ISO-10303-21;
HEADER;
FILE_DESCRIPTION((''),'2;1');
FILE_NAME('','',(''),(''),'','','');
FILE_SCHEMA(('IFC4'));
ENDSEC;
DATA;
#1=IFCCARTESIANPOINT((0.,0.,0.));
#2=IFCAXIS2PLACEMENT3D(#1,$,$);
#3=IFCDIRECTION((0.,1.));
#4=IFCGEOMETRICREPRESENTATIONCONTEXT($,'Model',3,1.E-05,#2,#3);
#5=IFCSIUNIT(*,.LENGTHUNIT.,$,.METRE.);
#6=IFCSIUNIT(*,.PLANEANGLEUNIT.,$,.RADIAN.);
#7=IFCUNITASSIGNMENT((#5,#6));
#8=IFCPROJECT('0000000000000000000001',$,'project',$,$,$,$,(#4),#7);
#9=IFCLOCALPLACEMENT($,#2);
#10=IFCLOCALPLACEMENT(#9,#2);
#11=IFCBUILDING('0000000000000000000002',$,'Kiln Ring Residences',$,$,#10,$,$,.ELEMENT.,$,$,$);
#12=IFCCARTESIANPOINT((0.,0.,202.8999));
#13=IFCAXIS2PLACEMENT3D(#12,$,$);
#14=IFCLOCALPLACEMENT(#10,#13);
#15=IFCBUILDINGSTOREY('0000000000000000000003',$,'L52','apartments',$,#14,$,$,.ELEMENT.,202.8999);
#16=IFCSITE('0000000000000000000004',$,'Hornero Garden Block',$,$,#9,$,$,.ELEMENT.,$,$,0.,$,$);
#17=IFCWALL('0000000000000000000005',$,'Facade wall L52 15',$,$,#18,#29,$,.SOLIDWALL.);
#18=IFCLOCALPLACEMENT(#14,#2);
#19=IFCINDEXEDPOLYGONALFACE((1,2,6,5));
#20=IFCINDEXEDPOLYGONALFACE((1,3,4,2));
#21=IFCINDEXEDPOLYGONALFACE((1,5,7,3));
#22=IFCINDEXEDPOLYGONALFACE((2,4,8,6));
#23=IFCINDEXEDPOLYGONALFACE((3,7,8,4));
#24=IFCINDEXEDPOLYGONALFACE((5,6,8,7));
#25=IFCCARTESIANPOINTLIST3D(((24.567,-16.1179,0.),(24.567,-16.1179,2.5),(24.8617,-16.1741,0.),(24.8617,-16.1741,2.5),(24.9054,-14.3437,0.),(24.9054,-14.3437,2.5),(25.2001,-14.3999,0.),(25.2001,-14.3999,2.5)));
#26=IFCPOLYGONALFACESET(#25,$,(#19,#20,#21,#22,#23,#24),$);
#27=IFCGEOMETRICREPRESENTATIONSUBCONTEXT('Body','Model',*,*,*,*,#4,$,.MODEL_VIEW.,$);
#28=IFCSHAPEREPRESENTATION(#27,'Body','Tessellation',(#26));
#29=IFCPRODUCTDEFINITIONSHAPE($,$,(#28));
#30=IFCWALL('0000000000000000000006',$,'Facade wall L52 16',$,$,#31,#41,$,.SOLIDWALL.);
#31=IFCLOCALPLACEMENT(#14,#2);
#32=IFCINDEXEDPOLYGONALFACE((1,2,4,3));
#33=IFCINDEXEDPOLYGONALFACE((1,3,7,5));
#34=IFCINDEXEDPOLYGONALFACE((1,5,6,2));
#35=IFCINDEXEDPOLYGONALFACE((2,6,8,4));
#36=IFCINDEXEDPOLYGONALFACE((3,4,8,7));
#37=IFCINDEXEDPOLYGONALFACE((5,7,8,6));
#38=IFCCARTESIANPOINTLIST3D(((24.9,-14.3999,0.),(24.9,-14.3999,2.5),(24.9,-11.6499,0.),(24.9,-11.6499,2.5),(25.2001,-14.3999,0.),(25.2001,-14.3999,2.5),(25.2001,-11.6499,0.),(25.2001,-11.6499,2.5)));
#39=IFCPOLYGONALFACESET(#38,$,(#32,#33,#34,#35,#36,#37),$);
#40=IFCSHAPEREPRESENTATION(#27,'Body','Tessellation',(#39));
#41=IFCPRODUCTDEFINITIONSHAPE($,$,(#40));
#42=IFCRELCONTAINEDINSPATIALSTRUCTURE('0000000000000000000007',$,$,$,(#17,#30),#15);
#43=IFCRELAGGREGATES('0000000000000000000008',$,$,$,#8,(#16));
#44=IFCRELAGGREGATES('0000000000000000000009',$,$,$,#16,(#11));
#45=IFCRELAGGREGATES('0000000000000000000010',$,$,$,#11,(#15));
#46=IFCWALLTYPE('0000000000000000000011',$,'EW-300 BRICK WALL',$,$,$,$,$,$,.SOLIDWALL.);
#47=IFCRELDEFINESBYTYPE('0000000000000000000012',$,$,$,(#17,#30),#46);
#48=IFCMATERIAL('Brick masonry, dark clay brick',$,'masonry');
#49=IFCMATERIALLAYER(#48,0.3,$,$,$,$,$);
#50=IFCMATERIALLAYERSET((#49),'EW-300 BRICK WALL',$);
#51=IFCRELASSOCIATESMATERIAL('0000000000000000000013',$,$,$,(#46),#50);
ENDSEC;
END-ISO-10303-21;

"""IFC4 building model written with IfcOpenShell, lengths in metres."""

from ifc_helpers import new_model, si_unit, direction, frame, frame_2d, origin, place, context, subcontext, project, spatial, rectangle, extrude, material, layer, layer_set, type_object, element, save


model = new_model("IFC4")

# Units and contexts
model_context = context("Model", 3, precision=1e-05, world=origin(), true_north=direction((0.0, 1.0)))
body_context = subcontext(model_context, "Body", "Model", "MODEL_VIEW")
ifc_project = project(units=[si_unit("LENGTHUNIT", "METRE"), si_unit("PLANEANGLEUNIT", "RADIAN")], contexts=[model_context])

# Site, building, storey
site_placement = place(None, origin())
site = spatial("IfcSite", under=ifc_project, at=site_placement, Name="Hornero Garden Block", CompositionType="ELEMENT", RefElevation=0.0)
building_placement = place(site_placement, origin())
building = spatial("IfcBuilding", under=site, at=building_placement, Name="Kiln Ring Residences", CompositionType="ELEMENT")
storey_placement = place(building_placement, frame((0.0, 0.0, 202.8999)))
storey = spatial("IfcBuildingStorey", under=building, at=storey_placement, Name="L52", Description="apartments", CompositionType="ELEMENT", Elevation=202.8999)

# Walls
ifc_material_1 = material(Name="Brick masonry, dark clay brick", Category="masonry")
ifc_layer_1 = layer(ifc_material_1, 0.3)
ifc_layer_set_1 = layer_set([ifc_layer_1], Name="EW-300 BRICK WALL")
wall_type_1 = type_object("IfcWallType", Name="EW-300 BRICK WALL", PredefinedType="SOLIDWALL", material=ifc_layer_set_1)
wall_1_placement = place(storey_placement, frame((24.7144, -16.146, 0.0), z_axis=(0.0, 0.0, 1.0), x_axis=(0.187348, 0.982294, 0.0)))
element("IfcWall", 1, at=wall_1_placement, inside=storey, type_object=wall_type_1, Name="Facade wall L52 15", PredefinedType="SOLIDWALL", context=body_context, shape_type="SweptSolid", body=[
    extrude(rectangle(XDim=1.8062, YDim=0.3, at=frame_2d((0.9031, 0.0))), origin(), (0.0, 0.0, 1.0), 2.5),
])
wall_2_placement = place(storey_placement, frame((25.05, -14.3999, 0.0), z_axis=(0.0, 0.0, 1.0), x_axis=(0.0, 1.0, 0.0)))
element("IfcWall", 2, at=wall_2_placement, inside=storey, type_object=wall_type_1, Name="Facade wall L52 16", PredefinedType="SOLIDWALL", context=body_context, shape_type="SweptSolid", body=[
    extrude(rectangle(XDim=2.75, YDim=0.3, at=frame_2d((1.375, 0.0))), origin(), (0.0, 0.0, 1.0), 2.5),
])

save(model, "model.ifc")
